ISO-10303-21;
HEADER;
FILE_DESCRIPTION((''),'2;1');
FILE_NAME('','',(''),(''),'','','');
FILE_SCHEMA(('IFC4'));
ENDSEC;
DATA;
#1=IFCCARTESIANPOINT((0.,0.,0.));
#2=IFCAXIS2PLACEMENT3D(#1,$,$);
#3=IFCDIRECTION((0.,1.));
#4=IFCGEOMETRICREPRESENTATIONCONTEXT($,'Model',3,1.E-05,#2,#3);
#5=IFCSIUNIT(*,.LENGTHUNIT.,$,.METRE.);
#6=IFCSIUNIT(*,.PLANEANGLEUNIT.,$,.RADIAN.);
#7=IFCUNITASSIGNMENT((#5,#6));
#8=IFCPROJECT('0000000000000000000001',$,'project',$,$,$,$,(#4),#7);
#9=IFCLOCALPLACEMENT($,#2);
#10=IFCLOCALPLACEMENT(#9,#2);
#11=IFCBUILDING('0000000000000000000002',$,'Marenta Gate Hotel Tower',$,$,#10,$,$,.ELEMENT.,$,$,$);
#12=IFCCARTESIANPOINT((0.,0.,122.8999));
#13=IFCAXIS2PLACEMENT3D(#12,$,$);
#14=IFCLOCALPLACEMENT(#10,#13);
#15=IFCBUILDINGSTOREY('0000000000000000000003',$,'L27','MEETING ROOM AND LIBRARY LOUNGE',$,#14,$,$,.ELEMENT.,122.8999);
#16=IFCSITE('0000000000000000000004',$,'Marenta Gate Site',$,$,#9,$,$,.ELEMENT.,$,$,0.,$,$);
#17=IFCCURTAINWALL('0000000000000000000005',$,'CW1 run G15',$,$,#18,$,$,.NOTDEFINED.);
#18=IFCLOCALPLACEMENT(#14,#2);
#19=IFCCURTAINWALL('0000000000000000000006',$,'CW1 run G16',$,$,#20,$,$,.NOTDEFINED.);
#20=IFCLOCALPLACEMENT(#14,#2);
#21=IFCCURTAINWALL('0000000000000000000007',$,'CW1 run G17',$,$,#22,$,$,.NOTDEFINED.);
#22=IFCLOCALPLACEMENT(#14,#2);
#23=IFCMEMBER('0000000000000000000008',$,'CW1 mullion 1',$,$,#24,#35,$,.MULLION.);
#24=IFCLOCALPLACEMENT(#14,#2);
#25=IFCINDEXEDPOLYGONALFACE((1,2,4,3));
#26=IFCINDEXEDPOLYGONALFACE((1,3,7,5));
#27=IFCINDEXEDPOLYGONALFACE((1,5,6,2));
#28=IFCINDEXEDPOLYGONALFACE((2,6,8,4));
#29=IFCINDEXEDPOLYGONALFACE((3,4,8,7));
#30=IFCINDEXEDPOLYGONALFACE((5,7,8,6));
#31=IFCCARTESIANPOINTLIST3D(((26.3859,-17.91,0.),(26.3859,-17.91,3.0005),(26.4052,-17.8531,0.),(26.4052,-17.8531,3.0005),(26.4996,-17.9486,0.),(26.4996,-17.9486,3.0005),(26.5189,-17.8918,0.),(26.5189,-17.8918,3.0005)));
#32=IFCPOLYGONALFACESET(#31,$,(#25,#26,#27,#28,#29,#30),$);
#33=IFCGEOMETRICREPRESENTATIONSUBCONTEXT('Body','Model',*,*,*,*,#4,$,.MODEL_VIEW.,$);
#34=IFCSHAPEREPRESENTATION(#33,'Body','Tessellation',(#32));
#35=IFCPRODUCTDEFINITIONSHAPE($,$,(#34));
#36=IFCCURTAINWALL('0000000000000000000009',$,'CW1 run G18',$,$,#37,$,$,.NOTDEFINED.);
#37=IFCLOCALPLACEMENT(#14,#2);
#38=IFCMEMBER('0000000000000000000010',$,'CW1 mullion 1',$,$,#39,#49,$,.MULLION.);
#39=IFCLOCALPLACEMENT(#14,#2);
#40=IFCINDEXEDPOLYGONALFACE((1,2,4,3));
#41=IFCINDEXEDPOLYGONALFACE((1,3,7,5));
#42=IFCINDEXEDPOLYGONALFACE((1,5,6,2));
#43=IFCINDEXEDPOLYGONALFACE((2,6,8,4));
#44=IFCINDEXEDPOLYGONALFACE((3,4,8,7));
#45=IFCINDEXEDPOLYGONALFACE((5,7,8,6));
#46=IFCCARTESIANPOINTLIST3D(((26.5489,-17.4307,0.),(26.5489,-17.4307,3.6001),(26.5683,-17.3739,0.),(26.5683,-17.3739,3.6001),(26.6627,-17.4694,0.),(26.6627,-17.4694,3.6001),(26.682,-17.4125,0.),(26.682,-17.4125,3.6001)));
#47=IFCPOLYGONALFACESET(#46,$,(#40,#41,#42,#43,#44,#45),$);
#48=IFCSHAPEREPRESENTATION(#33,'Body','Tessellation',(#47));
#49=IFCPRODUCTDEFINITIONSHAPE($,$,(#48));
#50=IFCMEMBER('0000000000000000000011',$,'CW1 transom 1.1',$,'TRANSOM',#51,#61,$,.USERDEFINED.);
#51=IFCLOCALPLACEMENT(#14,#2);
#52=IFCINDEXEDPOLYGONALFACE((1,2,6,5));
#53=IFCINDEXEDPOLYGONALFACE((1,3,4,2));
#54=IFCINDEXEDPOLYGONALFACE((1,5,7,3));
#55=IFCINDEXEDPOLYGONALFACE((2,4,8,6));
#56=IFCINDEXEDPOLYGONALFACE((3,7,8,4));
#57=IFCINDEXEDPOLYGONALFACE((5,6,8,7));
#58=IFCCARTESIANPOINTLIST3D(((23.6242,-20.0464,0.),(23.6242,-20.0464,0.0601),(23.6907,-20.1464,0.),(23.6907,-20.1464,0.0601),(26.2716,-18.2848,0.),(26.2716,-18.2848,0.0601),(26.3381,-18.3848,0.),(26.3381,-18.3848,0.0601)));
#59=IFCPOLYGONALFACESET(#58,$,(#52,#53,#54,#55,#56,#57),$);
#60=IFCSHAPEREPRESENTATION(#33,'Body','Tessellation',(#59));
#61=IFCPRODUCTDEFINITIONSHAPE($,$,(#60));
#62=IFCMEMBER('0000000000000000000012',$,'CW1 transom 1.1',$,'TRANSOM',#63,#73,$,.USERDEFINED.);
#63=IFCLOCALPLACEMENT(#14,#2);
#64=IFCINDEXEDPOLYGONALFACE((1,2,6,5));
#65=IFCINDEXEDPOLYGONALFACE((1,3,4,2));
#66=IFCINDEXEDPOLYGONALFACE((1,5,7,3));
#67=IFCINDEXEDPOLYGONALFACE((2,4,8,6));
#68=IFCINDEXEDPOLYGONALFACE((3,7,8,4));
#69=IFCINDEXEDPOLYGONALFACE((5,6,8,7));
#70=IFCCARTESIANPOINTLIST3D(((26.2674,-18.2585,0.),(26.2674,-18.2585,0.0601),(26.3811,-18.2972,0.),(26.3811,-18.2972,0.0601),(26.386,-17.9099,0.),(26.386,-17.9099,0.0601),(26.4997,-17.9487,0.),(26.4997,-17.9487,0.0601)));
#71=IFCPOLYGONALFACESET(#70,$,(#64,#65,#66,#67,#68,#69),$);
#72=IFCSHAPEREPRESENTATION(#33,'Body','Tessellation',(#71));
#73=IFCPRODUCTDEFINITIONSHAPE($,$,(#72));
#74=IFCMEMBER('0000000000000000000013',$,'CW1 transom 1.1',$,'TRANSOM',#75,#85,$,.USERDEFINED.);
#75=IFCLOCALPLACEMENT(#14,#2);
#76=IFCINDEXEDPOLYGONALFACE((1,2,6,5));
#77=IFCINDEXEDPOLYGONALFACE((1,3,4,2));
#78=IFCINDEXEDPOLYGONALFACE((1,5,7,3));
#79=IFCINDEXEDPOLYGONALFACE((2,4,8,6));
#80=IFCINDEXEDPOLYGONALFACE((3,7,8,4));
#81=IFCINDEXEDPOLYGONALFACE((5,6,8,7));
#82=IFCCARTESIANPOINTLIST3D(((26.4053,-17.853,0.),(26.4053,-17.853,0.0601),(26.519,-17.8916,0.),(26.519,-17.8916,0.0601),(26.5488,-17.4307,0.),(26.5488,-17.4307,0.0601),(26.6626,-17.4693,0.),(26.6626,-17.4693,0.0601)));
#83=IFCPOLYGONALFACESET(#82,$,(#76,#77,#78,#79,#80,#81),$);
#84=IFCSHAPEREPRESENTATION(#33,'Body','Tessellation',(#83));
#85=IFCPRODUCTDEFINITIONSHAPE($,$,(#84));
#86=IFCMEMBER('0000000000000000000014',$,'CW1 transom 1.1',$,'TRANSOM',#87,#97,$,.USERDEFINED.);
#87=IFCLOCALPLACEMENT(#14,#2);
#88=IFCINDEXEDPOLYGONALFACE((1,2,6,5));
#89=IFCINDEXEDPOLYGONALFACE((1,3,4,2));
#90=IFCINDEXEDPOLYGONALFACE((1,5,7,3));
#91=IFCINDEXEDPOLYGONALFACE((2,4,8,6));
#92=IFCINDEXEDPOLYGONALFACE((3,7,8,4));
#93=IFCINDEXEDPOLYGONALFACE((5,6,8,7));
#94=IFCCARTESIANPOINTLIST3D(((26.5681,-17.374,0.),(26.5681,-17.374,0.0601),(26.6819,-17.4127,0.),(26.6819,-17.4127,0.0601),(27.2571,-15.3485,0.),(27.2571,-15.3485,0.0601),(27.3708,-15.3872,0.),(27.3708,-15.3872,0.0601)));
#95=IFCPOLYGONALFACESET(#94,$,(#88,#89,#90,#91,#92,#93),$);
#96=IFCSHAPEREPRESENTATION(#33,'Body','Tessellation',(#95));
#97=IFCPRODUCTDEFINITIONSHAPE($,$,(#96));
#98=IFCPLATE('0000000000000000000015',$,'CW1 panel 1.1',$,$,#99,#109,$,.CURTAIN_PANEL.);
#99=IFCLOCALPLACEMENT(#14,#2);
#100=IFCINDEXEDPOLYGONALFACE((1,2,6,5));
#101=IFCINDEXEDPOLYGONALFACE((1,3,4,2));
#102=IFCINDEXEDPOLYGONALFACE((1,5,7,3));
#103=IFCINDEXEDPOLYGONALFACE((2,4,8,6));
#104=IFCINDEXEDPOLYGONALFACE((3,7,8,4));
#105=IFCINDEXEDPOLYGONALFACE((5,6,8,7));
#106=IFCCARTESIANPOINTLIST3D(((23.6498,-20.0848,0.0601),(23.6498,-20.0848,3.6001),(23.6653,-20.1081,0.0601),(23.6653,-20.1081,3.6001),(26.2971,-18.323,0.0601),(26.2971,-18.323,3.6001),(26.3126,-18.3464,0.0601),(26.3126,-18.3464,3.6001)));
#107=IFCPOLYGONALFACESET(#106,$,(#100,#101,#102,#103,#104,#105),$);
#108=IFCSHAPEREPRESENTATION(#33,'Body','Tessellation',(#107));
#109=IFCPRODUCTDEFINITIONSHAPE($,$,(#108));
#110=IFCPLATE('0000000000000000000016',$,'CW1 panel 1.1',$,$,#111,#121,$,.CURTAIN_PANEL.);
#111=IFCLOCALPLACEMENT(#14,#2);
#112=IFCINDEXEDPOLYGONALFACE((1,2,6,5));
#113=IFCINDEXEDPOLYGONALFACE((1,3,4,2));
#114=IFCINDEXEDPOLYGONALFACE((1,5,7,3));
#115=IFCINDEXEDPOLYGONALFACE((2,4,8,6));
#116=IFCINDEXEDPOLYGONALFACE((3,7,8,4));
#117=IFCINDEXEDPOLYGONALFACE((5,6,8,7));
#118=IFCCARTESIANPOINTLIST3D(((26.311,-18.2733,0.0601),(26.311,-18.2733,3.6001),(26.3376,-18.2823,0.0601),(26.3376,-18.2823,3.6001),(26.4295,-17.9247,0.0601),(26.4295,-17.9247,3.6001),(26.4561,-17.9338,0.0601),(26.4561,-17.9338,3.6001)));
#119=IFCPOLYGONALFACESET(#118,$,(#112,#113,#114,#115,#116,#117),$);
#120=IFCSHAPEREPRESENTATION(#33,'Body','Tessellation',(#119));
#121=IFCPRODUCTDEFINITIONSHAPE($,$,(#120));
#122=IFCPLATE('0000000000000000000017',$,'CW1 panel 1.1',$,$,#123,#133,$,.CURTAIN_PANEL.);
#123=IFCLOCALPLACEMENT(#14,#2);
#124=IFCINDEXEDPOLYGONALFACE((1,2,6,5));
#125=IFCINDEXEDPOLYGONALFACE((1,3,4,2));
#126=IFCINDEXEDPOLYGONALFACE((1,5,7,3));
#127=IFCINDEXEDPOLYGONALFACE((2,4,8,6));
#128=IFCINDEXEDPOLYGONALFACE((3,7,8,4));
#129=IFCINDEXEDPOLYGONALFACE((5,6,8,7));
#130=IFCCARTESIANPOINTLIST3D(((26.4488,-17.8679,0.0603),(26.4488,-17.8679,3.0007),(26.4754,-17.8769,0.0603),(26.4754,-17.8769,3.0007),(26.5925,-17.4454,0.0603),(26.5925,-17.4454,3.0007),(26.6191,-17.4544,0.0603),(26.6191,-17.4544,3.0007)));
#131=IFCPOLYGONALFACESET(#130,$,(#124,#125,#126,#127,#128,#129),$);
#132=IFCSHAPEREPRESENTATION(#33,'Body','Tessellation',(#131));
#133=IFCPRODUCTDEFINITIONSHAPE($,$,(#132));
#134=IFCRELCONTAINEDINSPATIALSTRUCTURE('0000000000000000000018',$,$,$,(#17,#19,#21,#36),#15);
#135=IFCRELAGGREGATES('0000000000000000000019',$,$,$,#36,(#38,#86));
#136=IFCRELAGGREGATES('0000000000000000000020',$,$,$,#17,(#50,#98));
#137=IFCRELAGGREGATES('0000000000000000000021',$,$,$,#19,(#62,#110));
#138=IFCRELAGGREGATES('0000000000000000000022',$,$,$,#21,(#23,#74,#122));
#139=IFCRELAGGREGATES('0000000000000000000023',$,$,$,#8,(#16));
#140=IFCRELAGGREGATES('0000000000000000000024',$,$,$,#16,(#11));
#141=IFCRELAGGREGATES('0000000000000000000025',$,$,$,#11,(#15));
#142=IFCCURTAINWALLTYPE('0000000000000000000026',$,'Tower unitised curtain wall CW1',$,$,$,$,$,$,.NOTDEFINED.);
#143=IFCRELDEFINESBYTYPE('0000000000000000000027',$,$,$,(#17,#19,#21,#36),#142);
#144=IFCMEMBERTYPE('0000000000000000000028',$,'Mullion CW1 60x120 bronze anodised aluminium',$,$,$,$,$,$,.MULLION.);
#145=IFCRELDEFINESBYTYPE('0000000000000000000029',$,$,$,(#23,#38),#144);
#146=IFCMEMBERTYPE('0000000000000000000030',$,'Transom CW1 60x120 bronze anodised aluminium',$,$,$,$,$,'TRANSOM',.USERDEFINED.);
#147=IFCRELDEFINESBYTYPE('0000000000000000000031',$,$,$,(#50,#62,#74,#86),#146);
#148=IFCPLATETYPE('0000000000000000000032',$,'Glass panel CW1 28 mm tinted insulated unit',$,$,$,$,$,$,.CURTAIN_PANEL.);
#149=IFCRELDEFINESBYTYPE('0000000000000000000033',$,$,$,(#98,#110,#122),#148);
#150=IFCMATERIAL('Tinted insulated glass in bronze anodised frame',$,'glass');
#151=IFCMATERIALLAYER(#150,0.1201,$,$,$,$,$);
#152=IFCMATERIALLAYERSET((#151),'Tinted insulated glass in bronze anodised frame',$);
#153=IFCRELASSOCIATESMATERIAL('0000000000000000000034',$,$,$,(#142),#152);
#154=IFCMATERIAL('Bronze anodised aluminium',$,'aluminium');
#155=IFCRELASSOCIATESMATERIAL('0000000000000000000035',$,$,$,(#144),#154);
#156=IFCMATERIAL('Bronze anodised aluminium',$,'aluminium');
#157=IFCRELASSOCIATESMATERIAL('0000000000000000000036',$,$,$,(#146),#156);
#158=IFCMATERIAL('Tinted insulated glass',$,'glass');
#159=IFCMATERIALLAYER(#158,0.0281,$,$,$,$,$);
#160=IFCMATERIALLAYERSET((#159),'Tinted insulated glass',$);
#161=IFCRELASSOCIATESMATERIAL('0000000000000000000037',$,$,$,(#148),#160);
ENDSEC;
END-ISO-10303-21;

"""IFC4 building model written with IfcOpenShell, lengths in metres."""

from ifc_helpers import new_model, si_unit, direction, frame, origin, origin_2d, place, context, subcontext, project, spatial, rectangle, extrude, material, layer, layer_set, material_profile, profile_set, type_object, element, aggregate, save


model = new_model("IFC4")

# Units and contexts
model_context = context("Model", 3, precision=1e-05, world=origin(), true_north=direction((0.0, 1.0)))
body_context = subcontext(model_context, "Body", "Model", "MODEL_VIEW")
ifc_project = project(units=[si_unit("LENGTHUNIT", "METRE"), si_unit("PLANEANGLEUNIT", "RADIAN")], contexts=[model_context])

# Site, building, storey
site_placement = place(None, origin())
site = spatial("IfcSite", under=ifc_project, at=site_placement, Name="Marenta Gate Site", CompositionType="ELEMENT", RefElevation=0.0)
building_placement = place(site_placement, origin())
building = spatial("IfcBuilding", under=site, at=building_placement, Name="Marenta Gate Hotel Tower", CompositionType="ELEMENT")
storey_placement = place(building_placement, frame((0.0, 0.0, 122.8999)))
storey = spatial("IfcBuildingStorey", under=building, at=storey_placement, Name="L27", Description="MEETING ROOM AND LIBRARY LOUNGE", CompositionType="ELEMENT", Elevation=122.8999)

# Curtain walls, members
ifc_material_1 = material(Name="Tinted insulated glass in bronze anodised frame", Category="glass")
ifc_layer_1 = layer(ifc_material_1, 0.1201)
ifc_layer_set_1 = layer_set([ifc_layer_1], Name="Tinted insulated glass in bronze anodised frame")
curtain_wall_type = type_object("IfcCurtainWallType", Name="Tower unitised curtain wall CW1", PredefinedType="NOTDEFINED", material=ifc_layer_set_1)
curtain_wall_1_placement = place(storey_placement, origin())
curtain_wall_1 = element("IfcCurtainWall", 1, at=curtain_wall_1_placement, inside=storey, type_object=curtain_wall_type, Name="CW1 run G15", PredefinedType="NOTDEFINED")
ifc_material_2 = material(Name="Bronze anodised aluminium", Category="aluminium")
ifc_material_profile_1 = material_profile(ifc_material_2, rectangle(XDim=0.1201, YDim=0.0601, at=origin_2d()), Name="Mullion CW1 60x120 bronze anodised aluminium")
ifc_profile_set_1 = profile_set([ifc_material_profile_1], Name="Bronze anodised aluminium")
member_type_1 = type_object("IfcMemberType", Name="Mullion CW1 60x120 bronze anodised aluminium", PredefinedType="MULLION", material=ifc_profile_set_1)
curtain_wall_2_placement = place(storey_placement, origin())
curtain_wall_2 = element("IfcCurtainWall", 2, at=curtain_wall_2_placement, inside=storey, type_object=curtain_wall_type, Name="CW1 run G16", PredefinedType="NOTDEFINED")
curtain_wall_3_placement = place(storey_placement, origin())
curtain_wall_3 = element("IfcCurtainWall", 3, at=curtain_wall_3_placement, inside=storey, type_object=curtain_wall_type, Name="CW1 run G17", PredefinedType="NOTDEFINED")
member_1_placement = place(storey_placement, frame((26.4524, -17.9009, 0.0), z_axis=(0.0, 0.0, 1.0), x_axis=(-0.946729, 0.32203, 0.0)))
member_1 = element("IfcMember", 4, at=member_1_placement, type_object=member_type_1, Name="CW1 mullion 1", PredefinedType="MULLION", context=body_context, shape_type="SweptSolid", body=[
    extrude(rectangle(XDim=0.1201, YDim=0.0601, at=origin_2d()), origin(), (0.0, 0.0, 1.0), 3.0005),
])
curtain_wall_4_placement = place(storey_placement, origin())
curtain_wall_4 = element("IfcCurtainWall", 5, at=curtain_wall_4_placement, inside=storey, type_object=curtain_wall_type, Name="CW1 run G18", PredefinedType="NOTDEFINED")
member_2_placement = place(storey_placement, frame((26.6155, -17.4216, 0.0), z_axis=(0.0, 0.0, 1.0), x_axis=(-0.946728, 0.322033, 0.0)))
member_2 = element("IfcMember", 6, at=member_2_placement, type_object=member_type_1, Name="CW1 mullion 1", PredefinedType="MULLION", context=body_context, shape_type="SweptSolid", body=[
    extrude(rectangle(XDim=0.1201, YDim=0.0601, at=origin_2d()), origin(), (0.0, 0.0, 1.0), 3.6001),
])

# Members
ifc_material_3 = material(Name="Bronze anodised aluminium", Category="aluminium")
ifc_material_profile_2 = material_profile(ifc_material_3, rectangle(XDim=0.1201, YDim=0.0601, at=origin_2d()), Name="Transom CW1 60x120 bronze anodised aluminium")
ifc_profile_set_2 = profile_set([ifc_material_profile_2], Name="Bronze anodised aluminium")
member_type_2 = type_object("IfcMemberType", Name="Transom CW1 60x120 bronze anodised aluminium", ElementType="TRANSOM", PredefinedType="USERDEFINED", material=ifc_profile_set_2)
member_3_placement = place(storey_placement, frame((23.6575, -20.0964, 0.03), z_axis=(0.832522, 0.553991, 0.0), x_axis=(-0.553991, 0.832522, 0.0)))
member_3 = element("IfcMember", 7, at=member_3_placement, type_object=member_type_2, Name="CW1 transom 1.1", ObjectType="TRANSOM", PredefinedType="USERDEFINED", context=body_context, shape_type="SweptSolid", body=[
    extrude(rectangle(XDim=0.1201, YDim=0.0601, at=origin_2d()), origin(), (0.0, 0.0, 1.0), 3.1799),
])
member_4_placement = place(storey_placement, frame((26.3242, -18.2778, 0.03), z_axis=(0.322188, 0.946676, 0.0), x_axis=(-0.946676, 0.322188, 0.0)))
member_4 = element("IfcMember", 8, at=member_4_placement, type_object=member_type_2, Name="CW1 transom 1.1", ObjectType="TRANSOM", PredefinedType="USERDEFINED", context=body_context, shape_type="SweptSolid", body=[
    extrude(rectangle(XDim=0.1201, YDim=0.0601, at=origin_2d()), origin(), (0.0, 0.0, 1.0), 0.3682),
])
member_5_placement = place(storey_placement, frame((26.4622, -17.8723, 0.03), z_axis=(0.321805, 0.946806, 0.0), x_axis=(-0.946806, 0.321805, 0.0)))
member_5 = element("IfcMember", 9, at=member_5_placement, type_object=member_type_2, Name="CW1 transom 1.1", ObjectType="TRANSOM", PredefinedType="USERDEFINED", context=body_context, shape_type="SweptSolid", body=[
    extrude(rectangle(XDim=0.1201, YDim=0.0601, at=origin_2d()), origin(), (0.0, 0.0, 1.0), 0.446),
])
member_6_placement = place(storey_placement, frame((26.625, -17.3933, 0.03), z_axis=(0.322042, 0.946725, 0.0), x_axis=(-0.946725, 0.322042, 0.0)))
member_6 = element("IfcMember", 10, at=member_6_placement, type_object=member_type_2, Name="CW1 transom 1.1", ObjectType="TRANSOM", PredefinedType="USERDEFINED", context=body_context, shape_type="SweptSolid", body=[
    extrude(rectangle(XDim=0.1201, YDim=0.0601, at=origin_2d()), origin(), (0.0, 0.0, 1.0), 2.1394),
])
aggregate(curtain_wall_4, [member_2, member_6])

# Plates
ifc_material_4 = material(Name="Tinted insulated glass", Category="glass")
ifc_layer_2 = layer(ifc_material_4, 0.0281)
ifc_layer_set_2 = layer_set([ifc_layer_2], Name="Tinted insulated glass")
plate_type = type_object("IfcPlateType", Name="Glass panel CW1 28 mm tinted insulated unit", PredefinedType="CURTAIN_PANEL", material=ifc_layer_set_2)
plate_1_placement = place(storey_placement, frame((24.9812, -19.2156, 0.0601), z_axis=(0.0, 0.0, 1.0), x_axis=(0.832506, 0.554016, 0.0)))
plate_1 = element("IfcPlate", 11, at=plate_1_placement, type_object=plate_type, Name="CW1 panel 1.1", PredefinedType="CURTAIN_PANEL", context=body_context, shape_type="SweptSolid", body=[
    extrude(rectangle(XDim=3.1799, YDim=0.0281, at=origin_2d()), origin(), (0.0, 0.0, 1.0), 3.54),
])
aggregate(curtain_wall_1, [member_3, plate_1])
plate_2_placement = place(storey_placement, frame((26.3835, -18.1035, 0.0601), z_axis=(0.0, 0.0, 1.0), x_axis=(0.322037, 0.946727, 0.0)))
plate_2 = element("IfcPlate", 12, at=plate_2_placement, type_object=plate_type, Name="CW1 panel 1.1", PredefinedType="CURTAIN_PANEL", context=body_context, shape_type="SweptSolid", body=[
    extrude(rectangle(XDim=0.3682, YDim=0.0281, at=origin_2d()), origin(), (0.0, 0.0, 1.0), 3.54),
])
aggregate(curtain_wall_2, [member_4, plate_2])
plate_3_placement = place(storey_placement, frame((26.5339, -17.6611, 0.0603), z_axis=(0.0, 0.0, 1.0), x_axis=(0.32203, 0.946729, 0.0)))
plate_3 = element("IfcPlate", 13, at=plate_3_placement, type_object=plate_type, Name="CW1 panel 1.1", PredefinedType="CURTAIN_PANEL", context=body_context, shape_type="SweptSolid", body=[
    extrude(rectangle(XDim=0.4463, YDim=0.0281, at=origin_2d()), origin(), (0.0, 0.0, 1.0), 2.9404),
])
aggregate(curtain_wall_3, [member_1, member_5, plate_3])

save(model, "model.ifc")
